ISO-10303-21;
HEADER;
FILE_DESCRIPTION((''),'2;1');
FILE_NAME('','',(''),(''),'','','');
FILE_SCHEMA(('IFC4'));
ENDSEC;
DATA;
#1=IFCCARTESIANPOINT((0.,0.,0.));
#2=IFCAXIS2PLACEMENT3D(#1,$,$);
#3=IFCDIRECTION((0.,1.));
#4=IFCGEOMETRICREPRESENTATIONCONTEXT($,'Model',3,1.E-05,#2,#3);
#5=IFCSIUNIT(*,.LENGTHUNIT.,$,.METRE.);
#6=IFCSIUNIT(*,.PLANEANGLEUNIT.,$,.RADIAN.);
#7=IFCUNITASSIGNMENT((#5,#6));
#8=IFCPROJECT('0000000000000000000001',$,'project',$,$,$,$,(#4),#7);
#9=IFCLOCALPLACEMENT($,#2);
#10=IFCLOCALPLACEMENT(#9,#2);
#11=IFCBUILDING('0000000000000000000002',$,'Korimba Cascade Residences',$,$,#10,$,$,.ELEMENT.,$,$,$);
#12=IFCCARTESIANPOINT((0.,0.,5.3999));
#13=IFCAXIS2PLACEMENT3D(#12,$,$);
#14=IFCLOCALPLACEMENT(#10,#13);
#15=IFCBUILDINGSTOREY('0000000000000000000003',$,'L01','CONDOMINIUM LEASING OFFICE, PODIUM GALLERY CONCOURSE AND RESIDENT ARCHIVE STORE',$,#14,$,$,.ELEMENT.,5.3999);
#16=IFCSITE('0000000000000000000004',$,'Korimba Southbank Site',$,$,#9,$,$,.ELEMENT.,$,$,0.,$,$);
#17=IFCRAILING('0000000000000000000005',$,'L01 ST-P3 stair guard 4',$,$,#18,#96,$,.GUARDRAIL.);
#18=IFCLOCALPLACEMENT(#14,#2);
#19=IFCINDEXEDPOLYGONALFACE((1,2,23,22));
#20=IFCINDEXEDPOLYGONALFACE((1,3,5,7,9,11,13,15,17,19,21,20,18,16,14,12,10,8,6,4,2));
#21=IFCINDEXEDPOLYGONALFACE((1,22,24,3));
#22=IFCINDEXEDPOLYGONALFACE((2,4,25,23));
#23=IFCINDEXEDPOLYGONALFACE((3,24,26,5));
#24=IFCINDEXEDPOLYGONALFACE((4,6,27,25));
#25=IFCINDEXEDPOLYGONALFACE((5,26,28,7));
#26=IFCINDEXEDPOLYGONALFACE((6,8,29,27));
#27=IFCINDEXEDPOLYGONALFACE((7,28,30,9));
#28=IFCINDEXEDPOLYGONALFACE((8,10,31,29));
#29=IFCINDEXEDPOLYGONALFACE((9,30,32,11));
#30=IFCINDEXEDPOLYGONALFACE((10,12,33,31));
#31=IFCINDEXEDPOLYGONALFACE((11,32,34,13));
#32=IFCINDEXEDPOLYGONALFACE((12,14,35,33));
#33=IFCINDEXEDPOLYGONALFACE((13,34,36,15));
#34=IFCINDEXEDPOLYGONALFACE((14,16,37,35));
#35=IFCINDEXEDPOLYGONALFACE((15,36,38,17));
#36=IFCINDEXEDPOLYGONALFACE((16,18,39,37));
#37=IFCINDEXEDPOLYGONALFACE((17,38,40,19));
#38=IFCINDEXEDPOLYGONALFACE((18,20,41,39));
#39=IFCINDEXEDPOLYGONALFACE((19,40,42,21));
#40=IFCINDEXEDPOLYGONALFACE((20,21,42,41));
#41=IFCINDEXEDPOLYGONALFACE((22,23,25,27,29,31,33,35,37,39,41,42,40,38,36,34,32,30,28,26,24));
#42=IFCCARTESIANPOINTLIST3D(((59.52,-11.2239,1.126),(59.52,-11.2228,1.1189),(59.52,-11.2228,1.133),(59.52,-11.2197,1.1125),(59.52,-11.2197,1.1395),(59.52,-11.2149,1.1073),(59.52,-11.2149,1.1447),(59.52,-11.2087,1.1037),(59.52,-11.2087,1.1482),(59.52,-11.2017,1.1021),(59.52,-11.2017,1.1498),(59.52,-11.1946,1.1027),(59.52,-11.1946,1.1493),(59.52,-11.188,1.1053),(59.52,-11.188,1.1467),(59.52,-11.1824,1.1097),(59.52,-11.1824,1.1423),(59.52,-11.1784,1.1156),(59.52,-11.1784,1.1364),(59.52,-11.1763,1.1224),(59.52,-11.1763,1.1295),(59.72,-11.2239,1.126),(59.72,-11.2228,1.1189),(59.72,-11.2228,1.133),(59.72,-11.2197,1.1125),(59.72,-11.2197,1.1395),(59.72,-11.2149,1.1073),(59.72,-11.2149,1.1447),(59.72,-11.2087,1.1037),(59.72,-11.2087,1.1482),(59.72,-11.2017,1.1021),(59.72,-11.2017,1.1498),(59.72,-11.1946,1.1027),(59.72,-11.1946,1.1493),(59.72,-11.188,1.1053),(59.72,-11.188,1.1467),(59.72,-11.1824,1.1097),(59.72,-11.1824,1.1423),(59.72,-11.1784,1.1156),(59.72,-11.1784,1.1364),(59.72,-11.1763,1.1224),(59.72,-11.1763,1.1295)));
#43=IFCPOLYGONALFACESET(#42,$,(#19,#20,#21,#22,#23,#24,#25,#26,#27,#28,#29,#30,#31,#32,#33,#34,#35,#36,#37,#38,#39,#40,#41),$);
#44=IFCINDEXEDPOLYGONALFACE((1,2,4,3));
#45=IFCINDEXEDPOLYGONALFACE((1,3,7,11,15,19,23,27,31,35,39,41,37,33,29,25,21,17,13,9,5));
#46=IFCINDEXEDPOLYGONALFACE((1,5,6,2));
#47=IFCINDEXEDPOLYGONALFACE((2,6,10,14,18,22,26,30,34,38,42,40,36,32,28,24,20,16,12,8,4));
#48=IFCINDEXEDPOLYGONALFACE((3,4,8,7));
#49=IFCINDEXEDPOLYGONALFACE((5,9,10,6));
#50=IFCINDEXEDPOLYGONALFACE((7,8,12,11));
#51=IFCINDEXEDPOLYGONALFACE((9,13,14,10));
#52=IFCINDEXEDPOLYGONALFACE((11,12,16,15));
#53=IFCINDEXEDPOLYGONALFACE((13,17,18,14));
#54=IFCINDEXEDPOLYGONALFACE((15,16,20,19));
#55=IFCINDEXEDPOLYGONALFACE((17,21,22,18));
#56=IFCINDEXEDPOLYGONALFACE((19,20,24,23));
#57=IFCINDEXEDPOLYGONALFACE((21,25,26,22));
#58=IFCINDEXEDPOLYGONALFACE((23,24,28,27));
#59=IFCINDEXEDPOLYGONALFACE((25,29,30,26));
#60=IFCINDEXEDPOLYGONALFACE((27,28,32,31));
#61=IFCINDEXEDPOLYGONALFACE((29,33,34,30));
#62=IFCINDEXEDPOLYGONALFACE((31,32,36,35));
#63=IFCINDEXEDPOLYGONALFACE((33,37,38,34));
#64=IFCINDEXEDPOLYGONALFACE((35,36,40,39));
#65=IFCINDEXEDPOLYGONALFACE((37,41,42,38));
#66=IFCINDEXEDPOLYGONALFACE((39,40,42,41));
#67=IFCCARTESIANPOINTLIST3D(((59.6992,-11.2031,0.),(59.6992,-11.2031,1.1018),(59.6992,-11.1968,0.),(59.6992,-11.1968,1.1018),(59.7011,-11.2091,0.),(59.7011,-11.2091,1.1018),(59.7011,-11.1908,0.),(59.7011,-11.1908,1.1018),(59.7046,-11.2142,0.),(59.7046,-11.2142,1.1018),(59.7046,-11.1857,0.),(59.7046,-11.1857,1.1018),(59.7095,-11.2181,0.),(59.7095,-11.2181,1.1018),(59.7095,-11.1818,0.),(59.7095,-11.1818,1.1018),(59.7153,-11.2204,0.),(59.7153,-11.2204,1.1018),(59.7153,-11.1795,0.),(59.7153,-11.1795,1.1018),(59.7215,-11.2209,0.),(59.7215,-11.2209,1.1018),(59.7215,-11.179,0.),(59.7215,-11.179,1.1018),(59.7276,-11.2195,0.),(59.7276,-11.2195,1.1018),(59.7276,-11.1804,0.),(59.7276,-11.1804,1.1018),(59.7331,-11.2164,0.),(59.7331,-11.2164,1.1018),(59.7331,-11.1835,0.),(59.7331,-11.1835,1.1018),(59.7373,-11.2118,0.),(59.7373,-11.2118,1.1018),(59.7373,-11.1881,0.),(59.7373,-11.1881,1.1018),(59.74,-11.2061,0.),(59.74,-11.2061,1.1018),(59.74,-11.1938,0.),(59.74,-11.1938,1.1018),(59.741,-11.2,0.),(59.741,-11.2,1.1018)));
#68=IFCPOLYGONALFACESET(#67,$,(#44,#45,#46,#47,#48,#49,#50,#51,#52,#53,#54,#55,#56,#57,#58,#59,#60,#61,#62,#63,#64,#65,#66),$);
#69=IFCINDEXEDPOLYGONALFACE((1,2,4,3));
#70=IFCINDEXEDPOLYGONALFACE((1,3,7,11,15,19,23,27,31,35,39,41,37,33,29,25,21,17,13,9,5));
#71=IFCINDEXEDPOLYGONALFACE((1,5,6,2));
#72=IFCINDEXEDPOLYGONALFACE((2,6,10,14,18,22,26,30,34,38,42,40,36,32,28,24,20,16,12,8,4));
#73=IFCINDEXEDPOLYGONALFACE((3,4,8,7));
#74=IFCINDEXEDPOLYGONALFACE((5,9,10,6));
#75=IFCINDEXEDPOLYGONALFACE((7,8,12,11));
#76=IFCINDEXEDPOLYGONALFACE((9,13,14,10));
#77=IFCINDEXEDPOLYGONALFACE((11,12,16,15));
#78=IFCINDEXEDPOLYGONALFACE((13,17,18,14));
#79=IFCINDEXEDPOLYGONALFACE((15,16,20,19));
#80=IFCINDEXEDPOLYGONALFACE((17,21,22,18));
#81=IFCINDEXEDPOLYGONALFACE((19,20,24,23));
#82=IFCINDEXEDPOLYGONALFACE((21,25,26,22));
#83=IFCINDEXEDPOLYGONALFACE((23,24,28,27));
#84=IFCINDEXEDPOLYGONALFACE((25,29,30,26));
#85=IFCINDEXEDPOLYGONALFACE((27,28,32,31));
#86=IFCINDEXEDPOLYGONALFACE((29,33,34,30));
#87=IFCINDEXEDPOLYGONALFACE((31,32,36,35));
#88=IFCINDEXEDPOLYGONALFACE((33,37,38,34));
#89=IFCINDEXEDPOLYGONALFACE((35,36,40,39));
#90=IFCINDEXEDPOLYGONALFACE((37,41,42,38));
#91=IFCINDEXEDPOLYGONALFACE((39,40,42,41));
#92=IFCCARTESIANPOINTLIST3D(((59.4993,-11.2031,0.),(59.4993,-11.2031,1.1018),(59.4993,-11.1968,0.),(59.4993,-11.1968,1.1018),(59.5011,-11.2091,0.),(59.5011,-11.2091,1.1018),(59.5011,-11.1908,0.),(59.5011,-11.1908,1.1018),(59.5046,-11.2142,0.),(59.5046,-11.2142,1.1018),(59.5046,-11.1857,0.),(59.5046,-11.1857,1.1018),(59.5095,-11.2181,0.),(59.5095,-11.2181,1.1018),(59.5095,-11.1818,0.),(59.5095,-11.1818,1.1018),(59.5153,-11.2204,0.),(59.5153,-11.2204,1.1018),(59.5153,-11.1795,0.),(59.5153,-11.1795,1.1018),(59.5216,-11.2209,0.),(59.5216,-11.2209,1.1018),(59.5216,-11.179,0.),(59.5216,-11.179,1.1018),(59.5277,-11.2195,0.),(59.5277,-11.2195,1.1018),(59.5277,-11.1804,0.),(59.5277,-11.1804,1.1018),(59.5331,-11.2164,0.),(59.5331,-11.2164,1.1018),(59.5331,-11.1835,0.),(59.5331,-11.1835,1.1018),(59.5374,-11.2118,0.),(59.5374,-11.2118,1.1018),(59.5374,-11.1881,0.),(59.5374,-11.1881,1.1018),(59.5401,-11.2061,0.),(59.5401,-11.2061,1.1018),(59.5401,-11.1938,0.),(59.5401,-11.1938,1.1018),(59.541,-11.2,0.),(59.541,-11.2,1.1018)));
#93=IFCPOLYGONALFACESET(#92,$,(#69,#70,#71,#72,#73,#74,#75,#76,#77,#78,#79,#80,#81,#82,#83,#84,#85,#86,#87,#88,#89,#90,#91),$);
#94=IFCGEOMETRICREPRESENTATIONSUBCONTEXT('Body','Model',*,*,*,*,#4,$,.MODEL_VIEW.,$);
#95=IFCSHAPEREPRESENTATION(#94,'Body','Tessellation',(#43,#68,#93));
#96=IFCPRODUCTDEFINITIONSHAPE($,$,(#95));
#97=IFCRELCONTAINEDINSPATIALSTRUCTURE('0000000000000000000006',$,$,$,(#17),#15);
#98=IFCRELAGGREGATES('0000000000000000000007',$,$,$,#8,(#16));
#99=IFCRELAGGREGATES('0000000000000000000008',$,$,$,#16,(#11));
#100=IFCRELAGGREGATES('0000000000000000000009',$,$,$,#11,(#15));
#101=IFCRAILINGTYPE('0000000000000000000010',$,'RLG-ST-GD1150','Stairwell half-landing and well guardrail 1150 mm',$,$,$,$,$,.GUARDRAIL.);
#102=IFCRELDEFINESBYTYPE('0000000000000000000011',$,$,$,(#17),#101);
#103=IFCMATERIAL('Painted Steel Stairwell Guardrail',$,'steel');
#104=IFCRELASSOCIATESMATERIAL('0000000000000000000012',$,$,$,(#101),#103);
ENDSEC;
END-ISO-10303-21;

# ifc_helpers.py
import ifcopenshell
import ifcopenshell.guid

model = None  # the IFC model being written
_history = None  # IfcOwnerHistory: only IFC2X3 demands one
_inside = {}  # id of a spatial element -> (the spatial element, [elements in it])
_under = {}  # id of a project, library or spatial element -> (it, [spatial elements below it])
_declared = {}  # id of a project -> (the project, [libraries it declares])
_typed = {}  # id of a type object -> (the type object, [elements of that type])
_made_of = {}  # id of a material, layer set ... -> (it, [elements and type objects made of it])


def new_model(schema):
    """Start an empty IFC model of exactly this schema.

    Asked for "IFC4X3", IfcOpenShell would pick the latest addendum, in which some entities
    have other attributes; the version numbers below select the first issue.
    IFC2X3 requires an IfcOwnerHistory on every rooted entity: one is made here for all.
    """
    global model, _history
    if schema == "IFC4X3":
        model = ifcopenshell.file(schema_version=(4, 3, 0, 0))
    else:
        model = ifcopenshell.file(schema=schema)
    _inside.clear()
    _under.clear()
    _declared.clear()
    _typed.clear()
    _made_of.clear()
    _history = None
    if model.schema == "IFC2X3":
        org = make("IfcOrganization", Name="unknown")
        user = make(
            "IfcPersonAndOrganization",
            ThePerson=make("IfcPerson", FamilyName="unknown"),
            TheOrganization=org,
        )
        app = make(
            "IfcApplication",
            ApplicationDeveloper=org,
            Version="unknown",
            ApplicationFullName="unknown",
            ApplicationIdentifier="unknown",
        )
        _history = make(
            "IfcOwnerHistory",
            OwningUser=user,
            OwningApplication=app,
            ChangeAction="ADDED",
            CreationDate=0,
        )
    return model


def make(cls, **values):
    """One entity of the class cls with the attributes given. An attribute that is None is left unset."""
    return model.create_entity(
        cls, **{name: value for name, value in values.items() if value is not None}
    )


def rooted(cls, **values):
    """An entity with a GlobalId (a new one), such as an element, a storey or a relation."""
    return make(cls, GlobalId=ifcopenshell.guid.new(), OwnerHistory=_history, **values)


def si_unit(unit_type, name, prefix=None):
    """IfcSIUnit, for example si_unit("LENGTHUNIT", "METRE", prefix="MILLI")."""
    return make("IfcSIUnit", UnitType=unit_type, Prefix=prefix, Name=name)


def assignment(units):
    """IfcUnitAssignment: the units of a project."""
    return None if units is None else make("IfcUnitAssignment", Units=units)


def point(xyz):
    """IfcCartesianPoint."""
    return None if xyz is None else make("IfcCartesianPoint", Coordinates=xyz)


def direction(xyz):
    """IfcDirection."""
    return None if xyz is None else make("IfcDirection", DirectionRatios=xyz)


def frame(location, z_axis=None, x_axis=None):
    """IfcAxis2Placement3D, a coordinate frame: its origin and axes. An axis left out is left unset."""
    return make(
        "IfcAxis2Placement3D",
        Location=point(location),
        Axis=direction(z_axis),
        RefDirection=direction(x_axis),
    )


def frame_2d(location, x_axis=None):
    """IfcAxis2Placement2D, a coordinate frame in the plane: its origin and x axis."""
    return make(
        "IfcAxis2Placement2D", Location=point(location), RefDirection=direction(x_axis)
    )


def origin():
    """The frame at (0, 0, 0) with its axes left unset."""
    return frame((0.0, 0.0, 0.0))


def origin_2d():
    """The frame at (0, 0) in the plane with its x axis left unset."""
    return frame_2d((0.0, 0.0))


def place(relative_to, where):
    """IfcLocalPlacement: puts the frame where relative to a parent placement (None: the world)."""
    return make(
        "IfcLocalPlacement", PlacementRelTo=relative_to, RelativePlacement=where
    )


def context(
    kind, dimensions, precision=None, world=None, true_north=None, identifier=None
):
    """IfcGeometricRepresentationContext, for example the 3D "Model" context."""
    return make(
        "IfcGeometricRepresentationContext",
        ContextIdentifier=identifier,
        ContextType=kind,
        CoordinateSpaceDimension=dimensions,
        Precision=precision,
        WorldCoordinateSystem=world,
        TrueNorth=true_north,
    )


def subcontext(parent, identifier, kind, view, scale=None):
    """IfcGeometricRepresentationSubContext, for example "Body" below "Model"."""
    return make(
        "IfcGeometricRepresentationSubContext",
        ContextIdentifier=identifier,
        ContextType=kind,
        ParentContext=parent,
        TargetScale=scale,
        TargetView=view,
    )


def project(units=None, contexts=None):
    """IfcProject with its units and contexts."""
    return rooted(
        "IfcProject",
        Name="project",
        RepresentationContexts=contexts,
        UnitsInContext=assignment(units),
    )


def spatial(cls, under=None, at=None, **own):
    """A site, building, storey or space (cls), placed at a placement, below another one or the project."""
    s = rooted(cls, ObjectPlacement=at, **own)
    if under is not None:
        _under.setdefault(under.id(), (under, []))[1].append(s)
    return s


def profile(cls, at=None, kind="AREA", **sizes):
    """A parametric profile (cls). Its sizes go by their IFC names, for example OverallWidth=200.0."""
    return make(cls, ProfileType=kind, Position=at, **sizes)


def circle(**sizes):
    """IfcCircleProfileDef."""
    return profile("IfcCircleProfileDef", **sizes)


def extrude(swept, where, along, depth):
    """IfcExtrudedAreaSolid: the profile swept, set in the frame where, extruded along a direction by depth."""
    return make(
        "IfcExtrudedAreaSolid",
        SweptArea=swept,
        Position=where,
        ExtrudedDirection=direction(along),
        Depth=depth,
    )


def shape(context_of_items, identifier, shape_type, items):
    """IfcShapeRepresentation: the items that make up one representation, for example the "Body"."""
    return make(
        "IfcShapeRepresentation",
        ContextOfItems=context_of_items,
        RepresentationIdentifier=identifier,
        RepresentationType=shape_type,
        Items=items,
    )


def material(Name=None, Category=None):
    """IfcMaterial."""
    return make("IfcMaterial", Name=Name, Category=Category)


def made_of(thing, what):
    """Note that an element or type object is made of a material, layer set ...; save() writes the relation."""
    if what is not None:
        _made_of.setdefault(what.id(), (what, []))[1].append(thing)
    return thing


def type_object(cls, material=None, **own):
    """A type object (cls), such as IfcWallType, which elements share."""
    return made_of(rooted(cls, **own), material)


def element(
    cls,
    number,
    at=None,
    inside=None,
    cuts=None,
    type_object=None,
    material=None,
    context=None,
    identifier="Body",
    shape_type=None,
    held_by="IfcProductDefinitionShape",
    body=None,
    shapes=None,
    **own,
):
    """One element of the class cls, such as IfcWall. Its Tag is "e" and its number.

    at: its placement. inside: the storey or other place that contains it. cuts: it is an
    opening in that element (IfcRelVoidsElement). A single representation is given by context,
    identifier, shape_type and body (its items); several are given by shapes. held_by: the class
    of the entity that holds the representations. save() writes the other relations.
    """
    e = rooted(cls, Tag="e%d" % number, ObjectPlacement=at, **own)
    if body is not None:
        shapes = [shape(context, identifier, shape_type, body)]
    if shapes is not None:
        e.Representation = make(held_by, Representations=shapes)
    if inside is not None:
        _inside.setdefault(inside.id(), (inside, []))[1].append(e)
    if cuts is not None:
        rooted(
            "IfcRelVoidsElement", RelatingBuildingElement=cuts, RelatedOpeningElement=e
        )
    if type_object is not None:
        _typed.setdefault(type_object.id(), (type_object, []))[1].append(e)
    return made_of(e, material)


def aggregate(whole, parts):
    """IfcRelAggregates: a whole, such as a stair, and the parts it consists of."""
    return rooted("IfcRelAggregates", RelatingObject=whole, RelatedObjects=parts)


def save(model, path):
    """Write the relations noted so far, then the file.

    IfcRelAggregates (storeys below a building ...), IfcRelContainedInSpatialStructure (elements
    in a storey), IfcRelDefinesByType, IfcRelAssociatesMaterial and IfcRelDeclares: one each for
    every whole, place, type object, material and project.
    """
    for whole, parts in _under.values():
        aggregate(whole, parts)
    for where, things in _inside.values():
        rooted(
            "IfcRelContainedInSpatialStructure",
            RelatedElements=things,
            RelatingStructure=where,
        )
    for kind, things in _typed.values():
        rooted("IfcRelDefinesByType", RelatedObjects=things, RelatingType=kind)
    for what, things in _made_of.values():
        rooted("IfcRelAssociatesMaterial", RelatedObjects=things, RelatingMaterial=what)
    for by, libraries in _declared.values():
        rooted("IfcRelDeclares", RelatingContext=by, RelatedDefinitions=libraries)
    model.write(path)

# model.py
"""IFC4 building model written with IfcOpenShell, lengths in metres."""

from ifc_helpers import new_model, si_unit, direction, frame, origin, origin_2d, place, context, subcontext, project, spatial, circle, extrude, material, type_object, element, save


model = new_model("IFC4")

# Units and contexts
model_context = context("Model", 3, precision=1e-05, world=origin(), true_north=direction((0.0, 1.0)))
body_context = subcontext(model_context, "Body", "Model", "MODEL_VIEW")
ifc_project = project(units=[si_unit("LENGTHUNIT", "METRE"), si_unit("PLANEANGLEUNIT", "RADIAN")], contexts=[model_context])

# Site, building, storey
site_placement = place(None, origin())
site = spatial("IfcSite", under=ifc_project, at=site_placement, Name="Korimba Southbank Site", CompositionType="ELEMENT", RefElevation=0.0)
building_placement = place(site_placement, origin())
building = spatial("IfcBuilding", under=site, at=building_placement, Name="Korimba Cascade Residences", CompositionType="ELEMENT")
storey_placement = place(building_placement, frame((0.0, 0.0, 5.3999)))
storey = spatial("IfcBuildingStorey", under=building, at=storey_placement, Name="L01", Description="CONDOMINIUM LEASING OFFICE, PODIUM GALLERY CONCOURSE AND RESIDENT ARCHIVE STORE", CompositionType="ELEMENT", Elevation=5.3999)

# Railing
ifc_material_1 = material(Name="Painted Steel Stairwell Guardrail", Category="steel")
railing_type_1 = type_object("IfcRailingType", Name="RLG-ST-GD1150", Description="Stairwell half-landing and well guardrail 1150 mm", PredefinedType="GUARDRAIL", material=ifc_material_1)
railing_1_placement = place(storey_placement, frame((59.72, -11.2, 0.0)))
element("IfcRailing", 1, at=railing_1_placement, inside=storey, type_object=railing_type_1, Name="L01 ST-P3 stair guard 4", PredefinedType="GUARDRAIL", context=body_context, shape_type="SweptSolid", body=[
    extrude(circle(Radius=0.0239, at=origin_2d()), frame((0.0, 0.0, 1.126), z_axis=(-1.0, 0.0, 0.0), x_axis=(0.0, -1.0, 0.0)), (0.0, 0.0, 1.0), 0.2),
    extrude(circle(Radius=0.021, at=origin_2d()), origin(), (0.0, 0.0, 1.0), 1.1018),
    extrude(circle(Radius=0.021, at=origin_2d()), frame((-0.2, 0.0, 0.0)), (0.0, 0.0, 1.0), 1.1018),
])

save(model, "model.ifc")
